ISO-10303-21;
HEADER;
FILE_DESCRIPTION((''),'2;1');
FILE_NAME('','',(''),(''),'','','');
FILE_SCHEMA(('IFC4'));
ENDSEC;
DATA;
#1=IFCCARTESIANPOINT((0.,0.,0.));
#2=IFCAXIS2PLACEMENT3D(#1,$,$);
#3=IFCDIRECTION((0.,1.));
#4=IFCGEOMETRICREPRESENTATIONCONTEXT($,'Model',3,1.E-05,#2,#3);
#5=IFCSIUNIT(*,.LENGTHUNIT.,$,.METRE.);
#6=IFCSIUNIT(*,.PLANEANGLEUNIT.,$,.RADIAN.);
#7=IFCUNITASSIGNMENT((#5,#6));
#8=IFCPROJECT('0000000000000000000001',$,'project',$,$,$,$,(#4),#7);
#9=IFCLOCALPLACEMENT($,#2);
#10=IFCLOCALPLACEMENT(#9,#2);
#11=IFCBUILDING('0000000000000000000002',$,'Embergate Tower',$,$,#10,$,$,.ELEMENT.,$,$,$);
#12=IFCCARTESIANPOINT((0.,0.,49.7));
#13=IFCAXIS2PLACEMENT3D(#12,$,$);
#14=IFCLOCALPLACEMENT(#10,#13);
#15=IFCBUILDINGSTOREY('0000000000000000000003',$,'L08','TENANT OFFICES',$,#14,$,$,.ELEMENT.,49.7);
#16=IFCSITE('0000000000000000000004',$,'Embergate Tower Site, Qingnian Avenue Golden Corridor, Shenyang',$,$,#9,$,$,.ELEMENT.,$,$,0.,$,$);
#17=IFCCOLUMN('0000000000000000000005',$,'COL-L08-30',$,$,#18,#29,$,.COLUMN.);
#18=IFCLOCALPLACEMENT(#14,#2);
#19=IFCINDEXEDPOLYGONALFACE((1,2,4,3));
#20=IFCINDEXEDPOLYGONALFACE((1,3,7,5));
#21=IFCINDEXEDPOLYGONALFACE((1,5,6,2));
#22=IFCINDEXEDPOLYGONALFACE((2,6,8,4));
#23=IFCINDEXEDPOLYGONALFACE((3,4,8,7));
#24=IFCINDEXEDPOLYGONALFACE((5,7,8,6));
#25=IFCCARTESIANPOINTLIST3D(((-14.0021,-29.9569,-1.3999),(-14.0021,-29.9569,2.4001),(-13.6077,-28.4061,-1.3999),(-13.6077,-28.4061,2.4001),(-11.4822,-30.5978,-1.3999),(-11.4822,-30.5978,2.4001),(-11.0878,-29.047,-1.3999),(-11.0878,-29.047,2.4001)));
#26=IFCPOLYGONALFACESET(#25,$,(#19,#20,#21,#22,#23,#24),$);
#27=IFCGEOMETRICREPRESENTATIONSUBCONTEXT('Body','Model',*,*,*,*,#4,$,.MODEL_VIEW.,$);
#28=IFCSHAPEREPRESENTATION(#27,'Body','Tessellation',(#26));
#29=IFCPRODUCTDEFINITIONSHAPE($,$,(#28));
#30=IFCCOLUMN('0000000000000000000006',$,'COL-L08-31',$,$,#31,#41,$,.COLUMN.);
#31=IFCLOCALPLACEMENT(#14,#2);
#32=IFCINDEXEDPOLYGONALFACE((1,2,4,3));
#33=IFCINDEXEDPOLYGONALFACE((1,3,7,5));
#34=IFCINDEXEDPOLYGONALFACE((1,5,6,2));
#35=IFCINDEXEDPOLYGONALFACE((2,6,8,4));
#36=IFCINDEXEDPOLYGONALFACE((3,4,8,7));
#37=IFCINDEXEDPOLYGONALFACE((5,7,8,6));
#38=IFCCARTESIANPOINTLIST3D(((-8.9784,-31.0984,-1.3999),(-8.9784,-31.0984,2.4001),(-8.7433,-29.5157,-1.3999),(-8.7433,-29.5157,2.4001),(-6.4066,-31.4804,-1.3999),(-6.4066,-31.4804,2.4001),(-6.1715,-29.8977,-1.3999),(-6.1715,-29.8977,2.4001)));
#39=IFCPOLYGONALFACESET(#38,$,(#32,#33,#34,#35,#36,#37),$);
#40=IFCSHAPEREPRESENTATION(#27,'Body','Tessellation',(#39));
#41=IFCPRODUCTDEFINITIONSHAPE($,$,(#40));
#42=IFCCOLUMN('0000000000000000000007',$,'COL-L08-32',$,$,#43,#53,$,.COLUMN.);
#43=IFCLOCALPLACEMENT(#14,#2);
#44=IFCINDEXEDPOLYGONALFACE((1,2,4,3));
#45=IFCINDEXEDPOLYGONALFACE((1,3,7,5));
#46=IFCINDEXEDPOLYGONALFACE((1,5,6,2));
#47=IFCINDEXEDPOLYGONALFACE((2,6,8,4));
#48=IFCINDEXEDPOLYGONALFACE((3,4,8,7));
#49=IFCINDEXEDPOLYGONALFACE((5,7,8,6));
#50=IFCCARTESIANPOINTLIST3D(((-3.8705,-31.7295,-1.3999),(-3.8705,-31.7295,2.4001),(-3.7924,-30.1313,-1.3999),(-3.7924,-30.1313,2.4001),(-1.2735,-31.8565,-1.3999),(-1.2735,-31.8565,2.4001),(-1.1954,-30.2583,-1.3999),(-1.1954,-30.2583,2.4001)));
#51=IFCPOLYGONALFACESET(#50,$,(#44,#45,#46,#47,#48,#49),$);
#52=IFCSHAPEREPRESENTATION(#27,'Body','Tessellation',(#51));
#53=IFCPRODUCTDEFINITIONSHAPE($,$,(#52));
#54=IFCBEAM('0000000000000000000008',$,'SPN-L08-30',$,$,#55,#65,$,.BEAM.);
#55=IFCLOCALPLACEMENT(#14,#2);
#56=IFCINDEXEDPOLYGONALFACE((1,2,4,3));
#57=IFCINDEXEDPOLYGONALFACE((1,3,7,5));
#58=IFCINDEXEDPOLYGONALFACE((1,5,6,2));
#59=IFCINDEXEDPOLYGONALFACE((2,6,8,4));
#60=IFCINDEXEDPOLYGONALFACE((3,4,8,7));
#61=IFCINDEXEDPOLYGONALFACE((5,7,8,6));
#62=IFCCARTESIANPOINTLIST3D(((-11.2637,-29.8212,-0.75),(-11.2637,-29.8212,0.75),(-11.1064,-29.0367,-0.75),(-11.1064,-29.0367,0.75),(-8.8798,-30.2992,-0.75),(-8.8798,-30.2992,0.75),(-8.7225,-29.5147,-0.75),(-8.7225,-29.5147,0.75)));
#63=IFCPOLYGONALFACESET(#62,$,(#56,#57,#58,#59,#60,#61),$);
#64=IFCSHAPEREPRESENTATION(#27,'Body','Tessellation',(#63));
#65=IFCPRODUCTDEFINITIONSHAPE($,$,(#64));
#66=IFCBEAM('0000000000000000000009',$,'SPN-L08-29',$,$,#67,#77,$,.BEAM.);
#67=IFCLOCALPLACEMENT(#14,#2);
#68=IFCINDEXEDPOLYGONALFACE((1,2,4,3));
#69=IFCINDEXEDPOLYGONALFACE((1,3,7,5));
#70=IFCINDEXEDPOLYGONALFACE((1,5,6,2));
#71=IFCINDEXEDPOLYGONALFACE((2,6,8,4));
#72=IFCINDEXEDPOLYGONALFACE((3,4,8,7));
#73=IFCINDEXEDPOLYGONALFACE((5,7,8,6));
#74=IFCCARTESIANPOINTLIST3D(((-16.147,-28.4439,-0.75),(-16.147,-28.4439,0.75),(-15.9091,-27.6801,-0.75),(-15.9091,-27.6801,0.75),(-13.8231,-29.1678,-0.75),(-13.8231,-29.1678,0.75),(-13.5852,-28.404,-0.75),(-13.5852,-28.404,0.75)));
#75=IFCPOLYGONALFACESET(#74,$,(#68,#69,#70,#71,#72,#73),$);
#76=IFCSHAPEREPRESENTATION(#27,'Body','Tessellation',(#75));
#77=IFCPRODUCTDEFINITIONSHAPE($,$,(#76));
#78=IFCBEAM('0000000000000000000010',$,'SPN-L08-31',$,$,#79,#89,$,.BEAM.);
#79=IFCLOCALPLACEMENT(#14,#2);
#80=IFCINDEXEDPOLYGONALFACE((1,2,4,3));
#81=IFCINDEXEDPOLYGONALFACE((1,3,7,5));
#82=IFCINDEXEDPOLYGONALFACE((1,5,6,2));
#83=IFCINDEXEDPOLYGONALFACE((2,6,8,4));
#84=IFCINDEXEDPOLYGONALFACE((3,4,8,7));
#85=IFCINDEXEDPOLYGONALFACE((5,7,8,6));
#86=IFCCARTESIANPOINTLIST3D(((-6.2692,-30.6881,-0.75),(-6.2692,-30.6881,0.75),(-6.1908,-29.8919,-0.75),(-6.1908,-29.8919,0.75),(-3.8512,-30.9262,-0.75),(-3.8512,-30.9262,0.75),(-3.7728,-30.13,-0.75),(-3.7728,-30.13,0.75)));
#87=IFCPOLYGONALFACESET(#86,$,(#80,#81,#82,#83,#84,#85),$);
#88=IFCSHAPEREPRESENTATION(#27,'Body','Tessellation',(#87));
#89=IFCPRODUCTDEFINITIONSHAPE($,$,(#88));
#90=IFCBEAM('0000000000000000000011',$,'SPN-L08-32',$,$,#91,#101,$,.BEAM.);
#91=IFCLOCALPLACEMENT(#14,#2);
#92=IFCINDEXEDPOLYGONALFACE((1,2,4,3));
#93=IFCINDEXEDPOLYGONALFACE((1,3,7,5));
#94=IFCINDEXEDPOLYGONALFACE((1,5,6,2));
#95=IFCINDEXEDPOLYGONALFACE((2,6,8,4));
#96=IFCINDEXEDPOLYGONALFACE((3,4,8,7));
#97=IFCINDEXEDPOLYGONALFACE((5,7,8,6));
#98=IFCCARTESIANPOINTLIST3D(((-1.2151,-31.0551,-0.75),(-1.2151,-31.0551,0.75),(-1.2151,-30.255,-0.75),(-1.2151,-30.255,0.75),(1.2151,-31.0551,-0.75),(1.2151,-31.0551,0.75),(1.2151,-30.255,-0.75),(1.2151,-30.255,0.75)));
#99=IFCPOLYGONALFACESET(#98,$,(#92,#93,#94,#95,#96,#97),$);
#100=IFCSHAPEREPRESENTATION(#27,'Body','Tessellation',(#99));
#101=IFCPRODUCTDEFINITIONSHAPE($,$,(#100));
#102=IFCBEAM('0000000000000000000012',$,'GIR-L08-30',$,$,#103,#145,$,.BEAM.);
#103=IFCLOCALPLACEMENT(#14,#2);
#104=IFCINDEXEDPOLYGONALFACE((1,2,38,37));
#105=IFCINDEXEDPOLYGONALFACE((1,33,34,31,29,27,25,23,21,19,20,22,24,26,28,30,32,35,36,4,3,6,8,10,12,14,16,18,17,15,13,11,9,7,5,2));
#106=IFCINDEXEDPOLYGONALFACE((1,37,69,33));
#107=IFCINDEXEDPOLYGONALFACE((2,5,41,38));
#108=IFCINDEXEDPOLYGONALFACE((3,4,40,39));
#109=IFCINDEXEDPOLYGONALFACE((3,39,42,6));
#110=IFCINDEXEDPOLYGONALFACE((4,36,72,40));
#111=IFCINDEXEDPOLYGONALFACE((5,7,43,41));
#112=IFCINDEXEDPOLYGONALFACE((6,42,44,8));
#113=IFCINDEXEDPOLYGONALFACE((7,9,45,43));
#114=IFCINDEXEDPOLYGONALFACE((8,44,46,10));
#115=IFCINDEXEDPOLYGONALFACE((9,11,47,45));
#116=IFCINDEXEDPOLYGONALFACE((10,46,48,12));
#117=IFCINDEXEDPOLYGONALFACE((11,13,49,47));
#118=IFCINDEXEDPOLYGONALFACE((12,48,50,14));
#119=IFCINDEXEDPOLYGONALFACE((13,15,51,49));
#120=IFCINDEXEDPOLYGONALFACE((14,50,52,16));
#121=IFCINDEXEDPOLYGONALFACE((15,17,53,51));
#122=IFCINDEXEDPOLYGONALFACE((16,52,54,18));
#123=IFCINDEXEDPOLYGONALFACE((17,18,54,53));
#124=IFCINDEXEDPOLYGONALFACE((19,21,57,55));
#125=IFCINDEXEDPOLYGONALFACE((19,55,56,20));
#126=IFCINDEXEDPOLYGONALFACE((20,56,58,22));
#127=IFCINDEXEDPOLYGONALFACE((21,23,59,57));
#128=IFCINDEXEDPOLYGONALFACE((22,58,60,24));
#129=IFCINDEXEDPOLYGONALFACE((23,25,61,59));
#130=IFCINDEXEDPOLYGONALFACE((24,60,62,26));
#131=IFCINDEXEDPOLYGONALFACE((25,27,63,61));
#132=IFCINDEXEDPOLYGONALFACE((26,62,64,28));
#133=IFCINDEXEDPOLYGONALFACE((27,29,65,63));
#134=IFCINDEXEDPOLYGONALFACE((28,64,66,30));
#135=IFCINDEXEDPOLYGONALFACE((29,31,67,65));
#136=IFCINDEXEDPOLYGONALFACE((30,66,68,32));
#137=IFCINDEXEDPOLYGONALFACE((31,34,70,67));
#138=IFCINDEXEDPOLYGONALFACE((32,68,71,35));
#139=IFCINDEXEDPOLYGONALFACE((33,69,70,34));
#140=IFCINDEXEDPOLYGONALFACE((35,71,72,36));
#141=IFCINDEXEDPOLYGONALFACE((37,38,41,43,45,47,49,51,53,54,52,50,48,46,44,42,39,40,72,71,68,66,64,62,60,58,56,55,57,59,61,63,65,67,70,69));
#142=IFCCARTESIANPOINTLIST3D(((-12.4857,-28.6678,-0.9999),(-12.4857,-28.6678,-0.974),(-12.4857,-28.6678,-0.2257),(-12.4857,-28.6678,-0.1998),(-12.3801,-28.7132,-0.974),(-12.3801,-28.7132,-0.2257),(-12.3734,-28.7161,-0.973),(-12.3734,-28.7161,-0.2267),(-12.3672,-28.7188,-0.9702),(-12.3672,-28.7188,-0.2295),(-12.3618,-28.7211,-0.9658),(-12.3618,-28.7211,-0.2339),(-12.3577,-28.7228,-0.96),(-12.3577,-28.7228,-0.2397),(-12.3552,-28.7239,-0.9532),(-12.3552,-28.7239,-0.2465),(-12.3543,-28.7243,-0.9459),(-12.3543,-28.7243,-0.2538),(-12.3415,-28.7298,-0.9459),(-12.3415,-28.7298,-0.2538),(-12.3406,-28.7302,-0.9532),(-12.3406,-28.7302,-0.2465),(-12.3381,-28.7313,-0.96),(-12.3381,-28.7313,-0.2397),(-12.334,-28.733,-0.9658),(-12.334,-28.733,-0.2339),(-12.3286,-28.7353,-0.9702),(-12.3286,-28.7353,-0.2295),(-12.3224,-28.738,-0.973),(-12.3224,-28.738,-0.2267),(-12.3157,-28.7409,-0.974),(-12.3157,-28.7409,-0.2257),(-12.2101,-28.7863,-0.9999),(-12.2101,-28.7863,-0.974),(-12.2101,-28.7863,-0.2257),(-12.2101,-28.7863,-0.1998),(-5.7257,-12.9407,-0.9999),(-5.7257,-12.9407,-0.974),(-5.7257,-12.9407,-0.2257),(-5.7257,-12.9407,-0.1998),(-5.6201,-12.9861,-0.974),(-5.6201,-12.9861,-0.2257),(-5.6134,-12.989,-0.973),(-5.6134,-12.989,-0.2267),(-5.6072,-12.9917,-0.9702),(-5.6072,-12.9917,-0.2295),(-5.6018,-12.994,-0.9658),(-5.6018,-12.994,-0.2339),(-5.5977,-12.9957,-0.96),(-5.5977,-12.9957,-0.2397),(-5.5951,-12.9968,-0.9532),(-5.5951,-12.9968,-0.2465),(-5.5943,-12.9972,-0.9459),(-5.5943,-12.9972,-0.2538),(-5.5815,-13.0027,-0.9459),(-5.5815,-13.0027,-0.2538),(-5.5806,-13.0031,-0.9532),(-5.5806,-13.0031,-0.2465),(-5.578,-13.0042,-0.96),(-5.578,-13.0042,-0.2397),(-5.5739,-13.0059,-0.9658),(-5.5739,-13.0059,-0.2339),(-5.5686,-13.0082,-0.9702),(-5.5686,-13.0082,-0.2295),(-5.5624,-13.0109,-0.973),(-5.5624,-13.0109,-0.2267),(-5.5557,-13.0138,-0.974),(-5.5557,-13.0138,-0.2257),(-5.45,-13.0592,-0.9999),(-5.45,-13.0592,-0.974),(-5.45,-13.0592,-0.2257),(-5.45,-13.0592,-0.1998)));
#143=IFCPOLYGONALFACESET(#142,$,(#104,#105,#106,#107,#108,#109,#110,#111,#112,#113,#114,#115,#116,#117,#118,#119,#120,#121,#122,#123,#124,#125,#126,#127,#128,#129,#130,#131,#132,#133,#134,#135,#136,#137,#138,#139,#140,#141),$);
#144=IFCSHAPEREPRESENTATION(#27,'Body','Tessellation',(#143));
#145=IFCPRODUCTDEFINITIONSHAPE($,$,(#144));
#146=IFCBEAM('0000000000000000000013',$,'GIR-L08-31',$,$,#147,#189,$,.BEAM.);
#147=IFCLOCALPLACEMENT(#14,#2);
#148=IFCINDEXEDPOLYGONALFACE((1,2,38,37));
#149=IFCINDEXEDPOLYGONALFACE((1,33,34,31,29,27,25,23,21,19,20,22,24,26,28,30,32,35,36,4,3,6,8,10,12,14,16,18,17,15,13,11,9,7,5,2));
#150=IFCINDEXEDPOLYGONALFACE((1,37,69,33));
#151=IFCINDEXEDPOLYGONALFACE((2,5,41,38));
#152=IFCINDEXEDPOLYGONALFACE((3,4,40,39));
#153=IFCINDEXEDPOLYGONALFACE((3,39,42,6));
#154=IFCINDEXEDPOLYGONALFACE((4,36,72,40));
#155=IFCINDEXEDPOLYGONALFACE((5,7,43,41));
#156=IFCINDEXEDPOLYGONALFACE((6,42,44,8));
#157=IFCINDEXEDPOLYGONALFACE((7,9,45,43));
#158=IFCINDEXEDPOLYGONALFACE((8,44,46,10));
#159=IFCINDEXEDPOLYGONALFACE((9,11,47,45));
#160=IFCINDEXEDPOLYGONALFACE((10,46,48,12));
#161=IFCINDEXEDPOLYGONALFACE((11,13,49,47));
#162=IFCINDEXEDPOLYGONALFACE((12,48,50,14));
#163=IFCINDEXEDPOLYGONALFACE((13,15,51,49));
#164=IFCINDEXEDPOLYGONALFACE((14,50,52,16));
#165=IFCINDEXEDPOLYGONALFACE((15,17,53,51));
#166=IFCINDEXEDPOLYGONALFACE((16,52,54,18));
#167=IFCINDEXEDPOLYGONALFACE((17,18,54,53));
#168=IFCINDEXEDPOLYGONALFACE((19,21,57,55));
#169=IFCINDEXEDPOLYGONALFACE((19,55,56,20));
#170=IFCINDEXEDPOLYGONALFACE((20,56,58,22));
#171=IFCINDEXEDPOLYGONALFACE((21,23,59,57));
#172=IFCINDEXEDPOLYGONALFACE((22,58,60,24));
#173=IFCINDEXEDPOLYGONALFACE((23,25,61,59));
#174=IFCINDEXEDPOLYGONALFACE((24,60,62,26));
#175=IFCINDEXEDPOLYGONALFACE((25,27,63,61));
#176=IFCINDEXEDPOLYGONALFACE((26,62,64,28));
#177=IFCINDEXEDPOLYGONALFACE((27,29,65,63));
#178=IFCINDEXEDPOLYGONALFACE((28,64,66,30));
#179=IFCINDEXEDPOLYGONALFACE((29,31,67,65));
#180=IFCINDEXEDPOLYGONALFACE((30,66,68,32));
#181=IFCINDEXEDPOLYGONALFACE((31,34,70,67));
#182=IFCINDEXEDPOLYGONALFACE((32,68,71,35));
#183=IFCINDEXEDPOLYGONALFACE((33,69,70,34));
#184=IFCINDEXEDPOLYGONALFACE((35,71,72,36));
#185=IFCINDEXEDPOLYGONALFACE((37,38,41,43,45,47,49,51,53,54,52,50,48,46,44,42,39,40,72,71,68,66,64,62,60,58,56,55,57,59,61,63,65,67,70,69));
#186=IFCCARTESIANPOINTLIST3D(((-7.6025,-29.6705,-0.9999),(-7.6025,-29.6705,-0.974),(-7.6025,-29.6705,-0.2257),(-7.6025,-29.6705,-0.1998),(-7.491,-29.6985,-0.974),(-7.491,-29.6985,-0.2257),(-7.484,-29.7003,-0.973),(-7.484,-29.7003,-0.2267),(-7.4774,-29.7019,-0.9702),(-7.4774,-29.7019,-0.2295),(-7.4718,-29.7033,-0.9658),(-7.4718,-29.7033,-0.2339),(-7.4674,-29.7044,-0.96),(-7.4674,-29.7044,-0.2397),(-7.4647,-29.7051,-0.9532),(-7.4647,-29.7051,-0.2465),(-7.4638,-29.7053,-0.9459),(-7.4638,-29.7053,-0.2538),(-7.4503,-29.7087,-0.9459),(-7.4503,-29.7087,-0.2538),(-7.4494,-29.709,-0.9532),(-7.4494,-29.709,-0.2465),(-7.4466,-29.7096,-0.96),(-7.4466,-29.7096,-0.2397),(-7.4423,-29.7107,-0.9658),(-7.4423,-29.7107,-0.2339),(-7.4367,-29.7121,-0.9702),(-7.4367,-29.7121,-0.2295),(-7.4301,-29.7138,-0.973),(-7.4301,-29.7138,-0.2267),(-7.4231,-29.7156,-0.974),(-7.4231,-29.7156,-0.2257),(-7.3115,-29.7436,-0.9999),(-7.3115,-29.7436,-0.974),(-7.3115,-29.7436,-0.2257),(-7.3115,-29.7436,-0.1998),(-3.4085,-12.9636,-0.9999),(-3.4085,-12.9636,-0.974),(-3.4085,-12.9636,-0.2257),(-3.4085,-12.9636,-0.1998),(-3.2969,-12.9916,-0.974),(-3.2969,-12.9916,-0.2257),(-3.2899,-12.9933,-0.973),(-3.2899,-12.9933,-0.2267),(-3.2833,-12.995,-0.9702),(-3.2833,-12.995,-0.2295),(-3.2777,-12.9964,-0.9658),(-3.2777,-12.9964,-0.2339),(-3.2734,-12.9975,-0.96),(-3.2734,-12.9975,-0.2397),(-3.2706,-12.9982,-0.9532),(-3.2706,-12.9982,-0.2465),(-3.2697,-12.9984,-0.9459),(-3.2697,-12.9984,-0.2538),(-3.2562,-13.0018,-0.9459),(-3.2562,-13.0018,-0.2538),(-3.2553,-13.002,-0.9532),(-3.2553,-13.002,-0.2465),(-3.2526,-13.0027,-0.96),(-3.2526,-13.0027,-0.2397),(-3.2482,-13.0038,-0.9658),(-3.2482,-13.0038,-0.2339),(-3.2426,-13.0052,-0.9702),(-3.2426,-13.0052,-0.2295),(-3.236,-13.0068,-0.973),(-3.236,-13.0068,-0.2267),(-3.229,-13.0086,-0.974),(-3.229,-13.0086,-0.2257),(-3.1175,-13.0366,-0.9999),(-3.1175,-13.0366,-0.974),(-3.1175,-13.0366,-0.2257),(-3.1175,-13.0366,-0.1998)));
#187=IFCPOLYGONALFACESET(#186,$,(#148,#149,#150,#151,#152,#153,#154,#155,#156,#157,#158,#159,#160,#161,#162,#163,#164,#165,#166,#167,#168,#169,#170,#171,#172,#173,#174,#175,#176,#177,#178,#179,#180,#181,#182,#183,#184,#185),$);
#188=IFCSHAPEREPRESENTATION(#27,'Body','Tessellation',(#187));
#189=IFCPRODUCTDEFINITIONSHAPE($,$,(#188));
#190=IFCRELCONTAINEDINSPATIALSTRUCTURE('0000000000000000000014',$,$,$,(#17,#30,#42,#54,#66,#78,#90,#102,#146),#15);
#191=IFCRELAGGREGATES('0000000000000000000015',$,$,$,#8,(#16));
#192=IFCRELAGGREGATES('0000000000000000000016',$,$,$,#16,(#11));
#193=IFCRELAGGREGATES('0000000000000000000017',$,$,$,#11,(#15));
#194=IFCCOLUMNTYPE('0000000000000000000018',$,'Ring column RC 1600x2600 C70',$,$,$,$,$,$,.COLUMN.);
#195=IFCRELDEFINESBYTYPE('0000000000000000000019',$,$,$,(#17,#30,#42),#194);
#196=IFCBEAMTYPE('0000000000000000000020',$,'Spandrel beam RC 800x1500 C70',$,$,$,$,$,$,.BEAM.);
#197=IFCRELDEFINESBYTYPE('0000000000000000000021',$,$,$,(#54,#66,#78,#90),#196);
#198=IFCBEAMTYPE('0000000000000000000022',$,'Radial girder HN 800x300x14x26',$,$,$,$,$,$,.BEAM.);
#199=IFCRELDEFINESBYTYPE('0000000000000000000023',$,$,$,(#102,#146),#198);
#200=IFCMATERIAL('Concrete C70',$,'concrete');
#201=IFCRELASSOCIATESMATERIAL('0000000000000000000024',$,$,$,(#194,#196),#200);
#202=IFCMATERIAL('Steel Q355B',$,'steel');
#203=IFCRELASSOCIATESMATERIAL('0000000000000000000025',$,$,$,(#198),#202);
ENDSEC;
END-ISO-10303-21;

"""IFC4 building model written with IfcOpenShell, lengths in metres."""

from ifc_helpers import new_model, si_unit, direction, frame, origin, origin_2d, place, context, subcontext, project, spatial, rectangle, i_section, extrude, source, transform, mapped, material, material_profile, profile_set, type_object, element, save


model = new_model("IFC4")

# Units and contexts
model_context = context("Model", 3, precision=1e-05, world=origin(), true_north=direction((0.0, 1.0)))
body_context = subcontext(model_context, "Body", "Model", "MODEL_VIEW")
ifc_project = project(units=[si_unit("LENGTHUNIT", "METRE"), si_unit("PLANEANGLEUNIT", "RADIAN")], contexts=[model_context])

# Site, building, storey
site_placement = place(None, origin())
site = spatial("IfcSite", under=ifc_project, at=site_placement, Name="Embergate Tower Site, Qingnian Avenue Golden Corridor, Shenyang", CompositionType="ELEMENT", RefElevation=0.0)
building_placement = place(site_placement, origin())
building = spatial("IfcBuilding", under=site, at=building_placement, Name="Embergate Tower", CompositionType="ELEMENT")
storey_placement = place(building_placement, frame((0.0, 0.0, 49.7)))
storey = spatial("IfcBuildingStorey", under=building, at=storey_placement, Name="L08", Description="TENANT OFFICES", CompositionType="ELEMENT", Elevation=49.7)

# Columns
ifc_material_1 = material(Name="Concrete C70", Category="concrete")
ifc_material_profile_1 = material_profile(ifc_material_1, rectangle(XDim=1.6001, YDim=2.6001, at=origin_2d()), Name="RC 1600x2600")
ifc_profile_set_1 = profile_set([ifc_material_profile_1], Name="Concrete C70")
column_type = type_object("IfcColumnType", Name="Ring column RC 1600x2600 C70", PredefinedType="COLUMN", material=ifc_profile_set_1)
shared_shape_1 = source(origin(), body_context, "Body", "SweptSolid", [
    extrude(rectangle(XDim=1.6001, YDim=2.6001, at=origin_2d()), origin(), (0.0, 0.0, 1.0), 3.8),
])
for number, where, z_axis, x_axis, name in (
    (1, (-12.5449, -29.502, -1.3999), (0.0, 0.0, 1.0), (-0.246492, -0.969145, 0.0), "COL-L08-30"),
    (2, (-7.575, -30.498, -1.3999), (0.0, 0.0, 1.0), (-0.146929, -0.989147, 0.0), "COL-L08-31"),
    (3, (-2.533, -30.9939, -1.3999), (0.0, 0.0, 1.0), (-0.048815, -0.998808, 0.0), "COL-L08-32"),
):
    element("IfcColumn", number, at=place(storey_placement, frame(where, z_axis=z_axis, x_axis=x_axis)), inside=storey, type_object=column_type, Name=name, PredefinedType="COLUMN", context=body_context, shape_type="MappedRepresentation", body=[
        mapped(shared_shape_1, transform((0.0, 0.0, 0.0))),
    ])

# Beams
ifc_material_profile_2 = material_profile(ifc_material_1, rectangle(XDim=0.8, YDim=1.5, at=origin_2d()), Name="RC 800x1500")
ifc_profile_set_2 = profile_set([ifc_material_profile_2], Name="Concrete C70")
beam_type_1 = type_object("IfcBeamType", Name="Spandrel beam RC 800x1500 C70", PredefinedType="BEAM", material=ifc_profile_set_2)
shared_shape_2 = source(origin(), body_context, "Body", "SweptSolid", [
    extrude(rectangle(XDim=0.8, YDim=1.5, at=origin_2d()), origin(), (0.0, 0.0, 1.0), 2.4314),
])
beam_1_placement = place(storey_placement, frame((-11.1851, -29.429, 0.0), z_axis=(0.980484, -0.196599, 0.0), x_axis=(0.196599, 0.980484, 0.0)))
element("IfcBeam", 4, at=beam_1_placement, inside=storey, type_object=beam_type_1, Name="SPN-L08-30", PredefinedType="BEAM", context=body_context, shape_type="MappedRepresentation", body=[
    mapped(shared_shape_2, transform((0.0, 0.0, 0.0))),
])
shared_shape_3 = source(origin(), body_context, "Body", "SweptSolid", [
    extrude(rectangle(XDim=0.8, YDim=1.5, at=origin_2d()), origin(), (0.0, 0.0, 1.0), 2.4341),
])
beam_2_placement = place(storey_placement, frame((-16.0281, -28.062, 0.0), z_axis=(0.954756, -0.29739, 0.0), x_axis=(0.29739, 0.954756, 0.0)))
element("IfcBeam", 5, at=beam_2_placement, inside=storey, type_object=beam_type_1, Name="SPN-L08-29", PredefinedType="BEAM", context=body_context, shape_type="MappedRepresentation", body=[
    mapped(shared_shape_3, transform((0.0, 0.0, 0.0))),
])
shared_shape_4 = source(origin(), body_context, "Body", "SweptSolid", [
    extrude(rectangle(XDim=0.8, YDim=1.5, at=origin_2d()), origin(), (0.0, 0.0, 1.0), 2.4297),
])
beam_3_placement = place(storey_placement, frame((-6.23, -30.29, 0.0), z_axis=(0.995189, -0.097971, 0.0), x_axis=(0.097971, 0.995189, 0.0)))
element("IfcBeam", 6, at=beam_3_placement, inside=storey, type_object=beam_type_1, Name="SPN-L08-31", PredefinedType="BEAM", context=body_context, shape_type="MappedRepresentation", body=[
    mapped(shared_shape_4, transform((0.0, 0.0, 0.0))),
])
shared_shape_5 = source(origin(), body_context, "Body", "SweptSolid", [
    extrude(rectangle(XDim=0.8, YDim=1.5, at=origin_2d()), origin(), (0.0, 0.0, 1.0), 2.4302),
])
beam_4_placement = place(storey_placement, frame((-1.2151, -30.655, 0.0), z_axis=(1.0, 0.0, 0.0), x_axis=(0.0, 1.0, 0.0)))
element("IfcBeam", 7, at=beam_4_placement, inside=storey, type_object=beam_type_1, Name="SPN-L08-32", PredefinedType="BEAM", context=body_context, shape_type="MappedRepresentation", body=[
    mapped(shared_shape_5, transform((0.0, 0.0, 0.0))),
])
ifc_material_2 = material(Name="Steel Q355B", Category="steel")
ifc_material_profile_3 = material_profile(ifc_material_2, i_section(OverallWidth=0.3, OverallDepth=0.8, WebThickness=0.0139, FlangeThickness=0.0259, FilletRadius=0.0281, at=origin_2d()), Name="HN 800x300x14x26")
ifc_profile_set_3 = profile_set([ifc_material_profile_3], Name="Steel Q355 grade B")
beam_type_2 = type_object("IfcBeamType", Name="Radial girder HN 800x300x14x26", PredefinedType="BEAM", material=ifc_profile_set_3)
shared_shape_6 = source(origin(), body_context, "Body", "SweptSolid", [
    extrude(i_section(OverallWidth=0.3, OverallDepth=0.8, WebThickness=0.0139, FlangeThickness=0.0259, FilletRadius=0.0281, at=origin_2d()), origin(), (0.0, 0.0, 1.0), 17.1184),
])
beam_5_placement = place(storey_placement, frame((-12.3479, -28.7271, -0.5999), z_axis=(0.394898, 0.918725, 0.0), x_axis=(-0.918725, 0.394898, 0.0)))
element("IfcBeam", 8, at=beam_5_placement, inside=storey, type_object=beam_type_2, Name="GIR-L08-30", PredefinedType="BEAM", context=body_context, shape_type="MappedRepresentation", body=[
    mapped(shared_shape_6, transform((0.0, 0.0, 0.0))),
])
shared_shape_7 = source(origin(), body_context, "Body", "SweptSolid", [
    extrude(i_section(OverallWidth=0.3, OverallDepth=0.8, WebThickness=0.0139, FlangeThickness=0.0259, FilletRadius=0.0281, at=origin_2d()), origin(), (0.0, 0.0, 1.0), 17.2253),
])
beam_6_placement = place(storey_placement, frame((-7.457, -29.707, -0.5999), z_axis=(0.243483, 0.969905, 0.0), x_axis=(-0.969905, 0.243483, 0.0)))
element("IfcBeam", 9, at=beam_6_placement, inside=storey, type_object=beam_type_2, Name="GIR-L08-31", PredefinedType="BEAM", context=body_context, shape_type="MappedRepresentation", body=[
    mapped(shared_shape_7, transform((0.0, 0.0, 0.0))),
])

save(model, "model.ifc")
